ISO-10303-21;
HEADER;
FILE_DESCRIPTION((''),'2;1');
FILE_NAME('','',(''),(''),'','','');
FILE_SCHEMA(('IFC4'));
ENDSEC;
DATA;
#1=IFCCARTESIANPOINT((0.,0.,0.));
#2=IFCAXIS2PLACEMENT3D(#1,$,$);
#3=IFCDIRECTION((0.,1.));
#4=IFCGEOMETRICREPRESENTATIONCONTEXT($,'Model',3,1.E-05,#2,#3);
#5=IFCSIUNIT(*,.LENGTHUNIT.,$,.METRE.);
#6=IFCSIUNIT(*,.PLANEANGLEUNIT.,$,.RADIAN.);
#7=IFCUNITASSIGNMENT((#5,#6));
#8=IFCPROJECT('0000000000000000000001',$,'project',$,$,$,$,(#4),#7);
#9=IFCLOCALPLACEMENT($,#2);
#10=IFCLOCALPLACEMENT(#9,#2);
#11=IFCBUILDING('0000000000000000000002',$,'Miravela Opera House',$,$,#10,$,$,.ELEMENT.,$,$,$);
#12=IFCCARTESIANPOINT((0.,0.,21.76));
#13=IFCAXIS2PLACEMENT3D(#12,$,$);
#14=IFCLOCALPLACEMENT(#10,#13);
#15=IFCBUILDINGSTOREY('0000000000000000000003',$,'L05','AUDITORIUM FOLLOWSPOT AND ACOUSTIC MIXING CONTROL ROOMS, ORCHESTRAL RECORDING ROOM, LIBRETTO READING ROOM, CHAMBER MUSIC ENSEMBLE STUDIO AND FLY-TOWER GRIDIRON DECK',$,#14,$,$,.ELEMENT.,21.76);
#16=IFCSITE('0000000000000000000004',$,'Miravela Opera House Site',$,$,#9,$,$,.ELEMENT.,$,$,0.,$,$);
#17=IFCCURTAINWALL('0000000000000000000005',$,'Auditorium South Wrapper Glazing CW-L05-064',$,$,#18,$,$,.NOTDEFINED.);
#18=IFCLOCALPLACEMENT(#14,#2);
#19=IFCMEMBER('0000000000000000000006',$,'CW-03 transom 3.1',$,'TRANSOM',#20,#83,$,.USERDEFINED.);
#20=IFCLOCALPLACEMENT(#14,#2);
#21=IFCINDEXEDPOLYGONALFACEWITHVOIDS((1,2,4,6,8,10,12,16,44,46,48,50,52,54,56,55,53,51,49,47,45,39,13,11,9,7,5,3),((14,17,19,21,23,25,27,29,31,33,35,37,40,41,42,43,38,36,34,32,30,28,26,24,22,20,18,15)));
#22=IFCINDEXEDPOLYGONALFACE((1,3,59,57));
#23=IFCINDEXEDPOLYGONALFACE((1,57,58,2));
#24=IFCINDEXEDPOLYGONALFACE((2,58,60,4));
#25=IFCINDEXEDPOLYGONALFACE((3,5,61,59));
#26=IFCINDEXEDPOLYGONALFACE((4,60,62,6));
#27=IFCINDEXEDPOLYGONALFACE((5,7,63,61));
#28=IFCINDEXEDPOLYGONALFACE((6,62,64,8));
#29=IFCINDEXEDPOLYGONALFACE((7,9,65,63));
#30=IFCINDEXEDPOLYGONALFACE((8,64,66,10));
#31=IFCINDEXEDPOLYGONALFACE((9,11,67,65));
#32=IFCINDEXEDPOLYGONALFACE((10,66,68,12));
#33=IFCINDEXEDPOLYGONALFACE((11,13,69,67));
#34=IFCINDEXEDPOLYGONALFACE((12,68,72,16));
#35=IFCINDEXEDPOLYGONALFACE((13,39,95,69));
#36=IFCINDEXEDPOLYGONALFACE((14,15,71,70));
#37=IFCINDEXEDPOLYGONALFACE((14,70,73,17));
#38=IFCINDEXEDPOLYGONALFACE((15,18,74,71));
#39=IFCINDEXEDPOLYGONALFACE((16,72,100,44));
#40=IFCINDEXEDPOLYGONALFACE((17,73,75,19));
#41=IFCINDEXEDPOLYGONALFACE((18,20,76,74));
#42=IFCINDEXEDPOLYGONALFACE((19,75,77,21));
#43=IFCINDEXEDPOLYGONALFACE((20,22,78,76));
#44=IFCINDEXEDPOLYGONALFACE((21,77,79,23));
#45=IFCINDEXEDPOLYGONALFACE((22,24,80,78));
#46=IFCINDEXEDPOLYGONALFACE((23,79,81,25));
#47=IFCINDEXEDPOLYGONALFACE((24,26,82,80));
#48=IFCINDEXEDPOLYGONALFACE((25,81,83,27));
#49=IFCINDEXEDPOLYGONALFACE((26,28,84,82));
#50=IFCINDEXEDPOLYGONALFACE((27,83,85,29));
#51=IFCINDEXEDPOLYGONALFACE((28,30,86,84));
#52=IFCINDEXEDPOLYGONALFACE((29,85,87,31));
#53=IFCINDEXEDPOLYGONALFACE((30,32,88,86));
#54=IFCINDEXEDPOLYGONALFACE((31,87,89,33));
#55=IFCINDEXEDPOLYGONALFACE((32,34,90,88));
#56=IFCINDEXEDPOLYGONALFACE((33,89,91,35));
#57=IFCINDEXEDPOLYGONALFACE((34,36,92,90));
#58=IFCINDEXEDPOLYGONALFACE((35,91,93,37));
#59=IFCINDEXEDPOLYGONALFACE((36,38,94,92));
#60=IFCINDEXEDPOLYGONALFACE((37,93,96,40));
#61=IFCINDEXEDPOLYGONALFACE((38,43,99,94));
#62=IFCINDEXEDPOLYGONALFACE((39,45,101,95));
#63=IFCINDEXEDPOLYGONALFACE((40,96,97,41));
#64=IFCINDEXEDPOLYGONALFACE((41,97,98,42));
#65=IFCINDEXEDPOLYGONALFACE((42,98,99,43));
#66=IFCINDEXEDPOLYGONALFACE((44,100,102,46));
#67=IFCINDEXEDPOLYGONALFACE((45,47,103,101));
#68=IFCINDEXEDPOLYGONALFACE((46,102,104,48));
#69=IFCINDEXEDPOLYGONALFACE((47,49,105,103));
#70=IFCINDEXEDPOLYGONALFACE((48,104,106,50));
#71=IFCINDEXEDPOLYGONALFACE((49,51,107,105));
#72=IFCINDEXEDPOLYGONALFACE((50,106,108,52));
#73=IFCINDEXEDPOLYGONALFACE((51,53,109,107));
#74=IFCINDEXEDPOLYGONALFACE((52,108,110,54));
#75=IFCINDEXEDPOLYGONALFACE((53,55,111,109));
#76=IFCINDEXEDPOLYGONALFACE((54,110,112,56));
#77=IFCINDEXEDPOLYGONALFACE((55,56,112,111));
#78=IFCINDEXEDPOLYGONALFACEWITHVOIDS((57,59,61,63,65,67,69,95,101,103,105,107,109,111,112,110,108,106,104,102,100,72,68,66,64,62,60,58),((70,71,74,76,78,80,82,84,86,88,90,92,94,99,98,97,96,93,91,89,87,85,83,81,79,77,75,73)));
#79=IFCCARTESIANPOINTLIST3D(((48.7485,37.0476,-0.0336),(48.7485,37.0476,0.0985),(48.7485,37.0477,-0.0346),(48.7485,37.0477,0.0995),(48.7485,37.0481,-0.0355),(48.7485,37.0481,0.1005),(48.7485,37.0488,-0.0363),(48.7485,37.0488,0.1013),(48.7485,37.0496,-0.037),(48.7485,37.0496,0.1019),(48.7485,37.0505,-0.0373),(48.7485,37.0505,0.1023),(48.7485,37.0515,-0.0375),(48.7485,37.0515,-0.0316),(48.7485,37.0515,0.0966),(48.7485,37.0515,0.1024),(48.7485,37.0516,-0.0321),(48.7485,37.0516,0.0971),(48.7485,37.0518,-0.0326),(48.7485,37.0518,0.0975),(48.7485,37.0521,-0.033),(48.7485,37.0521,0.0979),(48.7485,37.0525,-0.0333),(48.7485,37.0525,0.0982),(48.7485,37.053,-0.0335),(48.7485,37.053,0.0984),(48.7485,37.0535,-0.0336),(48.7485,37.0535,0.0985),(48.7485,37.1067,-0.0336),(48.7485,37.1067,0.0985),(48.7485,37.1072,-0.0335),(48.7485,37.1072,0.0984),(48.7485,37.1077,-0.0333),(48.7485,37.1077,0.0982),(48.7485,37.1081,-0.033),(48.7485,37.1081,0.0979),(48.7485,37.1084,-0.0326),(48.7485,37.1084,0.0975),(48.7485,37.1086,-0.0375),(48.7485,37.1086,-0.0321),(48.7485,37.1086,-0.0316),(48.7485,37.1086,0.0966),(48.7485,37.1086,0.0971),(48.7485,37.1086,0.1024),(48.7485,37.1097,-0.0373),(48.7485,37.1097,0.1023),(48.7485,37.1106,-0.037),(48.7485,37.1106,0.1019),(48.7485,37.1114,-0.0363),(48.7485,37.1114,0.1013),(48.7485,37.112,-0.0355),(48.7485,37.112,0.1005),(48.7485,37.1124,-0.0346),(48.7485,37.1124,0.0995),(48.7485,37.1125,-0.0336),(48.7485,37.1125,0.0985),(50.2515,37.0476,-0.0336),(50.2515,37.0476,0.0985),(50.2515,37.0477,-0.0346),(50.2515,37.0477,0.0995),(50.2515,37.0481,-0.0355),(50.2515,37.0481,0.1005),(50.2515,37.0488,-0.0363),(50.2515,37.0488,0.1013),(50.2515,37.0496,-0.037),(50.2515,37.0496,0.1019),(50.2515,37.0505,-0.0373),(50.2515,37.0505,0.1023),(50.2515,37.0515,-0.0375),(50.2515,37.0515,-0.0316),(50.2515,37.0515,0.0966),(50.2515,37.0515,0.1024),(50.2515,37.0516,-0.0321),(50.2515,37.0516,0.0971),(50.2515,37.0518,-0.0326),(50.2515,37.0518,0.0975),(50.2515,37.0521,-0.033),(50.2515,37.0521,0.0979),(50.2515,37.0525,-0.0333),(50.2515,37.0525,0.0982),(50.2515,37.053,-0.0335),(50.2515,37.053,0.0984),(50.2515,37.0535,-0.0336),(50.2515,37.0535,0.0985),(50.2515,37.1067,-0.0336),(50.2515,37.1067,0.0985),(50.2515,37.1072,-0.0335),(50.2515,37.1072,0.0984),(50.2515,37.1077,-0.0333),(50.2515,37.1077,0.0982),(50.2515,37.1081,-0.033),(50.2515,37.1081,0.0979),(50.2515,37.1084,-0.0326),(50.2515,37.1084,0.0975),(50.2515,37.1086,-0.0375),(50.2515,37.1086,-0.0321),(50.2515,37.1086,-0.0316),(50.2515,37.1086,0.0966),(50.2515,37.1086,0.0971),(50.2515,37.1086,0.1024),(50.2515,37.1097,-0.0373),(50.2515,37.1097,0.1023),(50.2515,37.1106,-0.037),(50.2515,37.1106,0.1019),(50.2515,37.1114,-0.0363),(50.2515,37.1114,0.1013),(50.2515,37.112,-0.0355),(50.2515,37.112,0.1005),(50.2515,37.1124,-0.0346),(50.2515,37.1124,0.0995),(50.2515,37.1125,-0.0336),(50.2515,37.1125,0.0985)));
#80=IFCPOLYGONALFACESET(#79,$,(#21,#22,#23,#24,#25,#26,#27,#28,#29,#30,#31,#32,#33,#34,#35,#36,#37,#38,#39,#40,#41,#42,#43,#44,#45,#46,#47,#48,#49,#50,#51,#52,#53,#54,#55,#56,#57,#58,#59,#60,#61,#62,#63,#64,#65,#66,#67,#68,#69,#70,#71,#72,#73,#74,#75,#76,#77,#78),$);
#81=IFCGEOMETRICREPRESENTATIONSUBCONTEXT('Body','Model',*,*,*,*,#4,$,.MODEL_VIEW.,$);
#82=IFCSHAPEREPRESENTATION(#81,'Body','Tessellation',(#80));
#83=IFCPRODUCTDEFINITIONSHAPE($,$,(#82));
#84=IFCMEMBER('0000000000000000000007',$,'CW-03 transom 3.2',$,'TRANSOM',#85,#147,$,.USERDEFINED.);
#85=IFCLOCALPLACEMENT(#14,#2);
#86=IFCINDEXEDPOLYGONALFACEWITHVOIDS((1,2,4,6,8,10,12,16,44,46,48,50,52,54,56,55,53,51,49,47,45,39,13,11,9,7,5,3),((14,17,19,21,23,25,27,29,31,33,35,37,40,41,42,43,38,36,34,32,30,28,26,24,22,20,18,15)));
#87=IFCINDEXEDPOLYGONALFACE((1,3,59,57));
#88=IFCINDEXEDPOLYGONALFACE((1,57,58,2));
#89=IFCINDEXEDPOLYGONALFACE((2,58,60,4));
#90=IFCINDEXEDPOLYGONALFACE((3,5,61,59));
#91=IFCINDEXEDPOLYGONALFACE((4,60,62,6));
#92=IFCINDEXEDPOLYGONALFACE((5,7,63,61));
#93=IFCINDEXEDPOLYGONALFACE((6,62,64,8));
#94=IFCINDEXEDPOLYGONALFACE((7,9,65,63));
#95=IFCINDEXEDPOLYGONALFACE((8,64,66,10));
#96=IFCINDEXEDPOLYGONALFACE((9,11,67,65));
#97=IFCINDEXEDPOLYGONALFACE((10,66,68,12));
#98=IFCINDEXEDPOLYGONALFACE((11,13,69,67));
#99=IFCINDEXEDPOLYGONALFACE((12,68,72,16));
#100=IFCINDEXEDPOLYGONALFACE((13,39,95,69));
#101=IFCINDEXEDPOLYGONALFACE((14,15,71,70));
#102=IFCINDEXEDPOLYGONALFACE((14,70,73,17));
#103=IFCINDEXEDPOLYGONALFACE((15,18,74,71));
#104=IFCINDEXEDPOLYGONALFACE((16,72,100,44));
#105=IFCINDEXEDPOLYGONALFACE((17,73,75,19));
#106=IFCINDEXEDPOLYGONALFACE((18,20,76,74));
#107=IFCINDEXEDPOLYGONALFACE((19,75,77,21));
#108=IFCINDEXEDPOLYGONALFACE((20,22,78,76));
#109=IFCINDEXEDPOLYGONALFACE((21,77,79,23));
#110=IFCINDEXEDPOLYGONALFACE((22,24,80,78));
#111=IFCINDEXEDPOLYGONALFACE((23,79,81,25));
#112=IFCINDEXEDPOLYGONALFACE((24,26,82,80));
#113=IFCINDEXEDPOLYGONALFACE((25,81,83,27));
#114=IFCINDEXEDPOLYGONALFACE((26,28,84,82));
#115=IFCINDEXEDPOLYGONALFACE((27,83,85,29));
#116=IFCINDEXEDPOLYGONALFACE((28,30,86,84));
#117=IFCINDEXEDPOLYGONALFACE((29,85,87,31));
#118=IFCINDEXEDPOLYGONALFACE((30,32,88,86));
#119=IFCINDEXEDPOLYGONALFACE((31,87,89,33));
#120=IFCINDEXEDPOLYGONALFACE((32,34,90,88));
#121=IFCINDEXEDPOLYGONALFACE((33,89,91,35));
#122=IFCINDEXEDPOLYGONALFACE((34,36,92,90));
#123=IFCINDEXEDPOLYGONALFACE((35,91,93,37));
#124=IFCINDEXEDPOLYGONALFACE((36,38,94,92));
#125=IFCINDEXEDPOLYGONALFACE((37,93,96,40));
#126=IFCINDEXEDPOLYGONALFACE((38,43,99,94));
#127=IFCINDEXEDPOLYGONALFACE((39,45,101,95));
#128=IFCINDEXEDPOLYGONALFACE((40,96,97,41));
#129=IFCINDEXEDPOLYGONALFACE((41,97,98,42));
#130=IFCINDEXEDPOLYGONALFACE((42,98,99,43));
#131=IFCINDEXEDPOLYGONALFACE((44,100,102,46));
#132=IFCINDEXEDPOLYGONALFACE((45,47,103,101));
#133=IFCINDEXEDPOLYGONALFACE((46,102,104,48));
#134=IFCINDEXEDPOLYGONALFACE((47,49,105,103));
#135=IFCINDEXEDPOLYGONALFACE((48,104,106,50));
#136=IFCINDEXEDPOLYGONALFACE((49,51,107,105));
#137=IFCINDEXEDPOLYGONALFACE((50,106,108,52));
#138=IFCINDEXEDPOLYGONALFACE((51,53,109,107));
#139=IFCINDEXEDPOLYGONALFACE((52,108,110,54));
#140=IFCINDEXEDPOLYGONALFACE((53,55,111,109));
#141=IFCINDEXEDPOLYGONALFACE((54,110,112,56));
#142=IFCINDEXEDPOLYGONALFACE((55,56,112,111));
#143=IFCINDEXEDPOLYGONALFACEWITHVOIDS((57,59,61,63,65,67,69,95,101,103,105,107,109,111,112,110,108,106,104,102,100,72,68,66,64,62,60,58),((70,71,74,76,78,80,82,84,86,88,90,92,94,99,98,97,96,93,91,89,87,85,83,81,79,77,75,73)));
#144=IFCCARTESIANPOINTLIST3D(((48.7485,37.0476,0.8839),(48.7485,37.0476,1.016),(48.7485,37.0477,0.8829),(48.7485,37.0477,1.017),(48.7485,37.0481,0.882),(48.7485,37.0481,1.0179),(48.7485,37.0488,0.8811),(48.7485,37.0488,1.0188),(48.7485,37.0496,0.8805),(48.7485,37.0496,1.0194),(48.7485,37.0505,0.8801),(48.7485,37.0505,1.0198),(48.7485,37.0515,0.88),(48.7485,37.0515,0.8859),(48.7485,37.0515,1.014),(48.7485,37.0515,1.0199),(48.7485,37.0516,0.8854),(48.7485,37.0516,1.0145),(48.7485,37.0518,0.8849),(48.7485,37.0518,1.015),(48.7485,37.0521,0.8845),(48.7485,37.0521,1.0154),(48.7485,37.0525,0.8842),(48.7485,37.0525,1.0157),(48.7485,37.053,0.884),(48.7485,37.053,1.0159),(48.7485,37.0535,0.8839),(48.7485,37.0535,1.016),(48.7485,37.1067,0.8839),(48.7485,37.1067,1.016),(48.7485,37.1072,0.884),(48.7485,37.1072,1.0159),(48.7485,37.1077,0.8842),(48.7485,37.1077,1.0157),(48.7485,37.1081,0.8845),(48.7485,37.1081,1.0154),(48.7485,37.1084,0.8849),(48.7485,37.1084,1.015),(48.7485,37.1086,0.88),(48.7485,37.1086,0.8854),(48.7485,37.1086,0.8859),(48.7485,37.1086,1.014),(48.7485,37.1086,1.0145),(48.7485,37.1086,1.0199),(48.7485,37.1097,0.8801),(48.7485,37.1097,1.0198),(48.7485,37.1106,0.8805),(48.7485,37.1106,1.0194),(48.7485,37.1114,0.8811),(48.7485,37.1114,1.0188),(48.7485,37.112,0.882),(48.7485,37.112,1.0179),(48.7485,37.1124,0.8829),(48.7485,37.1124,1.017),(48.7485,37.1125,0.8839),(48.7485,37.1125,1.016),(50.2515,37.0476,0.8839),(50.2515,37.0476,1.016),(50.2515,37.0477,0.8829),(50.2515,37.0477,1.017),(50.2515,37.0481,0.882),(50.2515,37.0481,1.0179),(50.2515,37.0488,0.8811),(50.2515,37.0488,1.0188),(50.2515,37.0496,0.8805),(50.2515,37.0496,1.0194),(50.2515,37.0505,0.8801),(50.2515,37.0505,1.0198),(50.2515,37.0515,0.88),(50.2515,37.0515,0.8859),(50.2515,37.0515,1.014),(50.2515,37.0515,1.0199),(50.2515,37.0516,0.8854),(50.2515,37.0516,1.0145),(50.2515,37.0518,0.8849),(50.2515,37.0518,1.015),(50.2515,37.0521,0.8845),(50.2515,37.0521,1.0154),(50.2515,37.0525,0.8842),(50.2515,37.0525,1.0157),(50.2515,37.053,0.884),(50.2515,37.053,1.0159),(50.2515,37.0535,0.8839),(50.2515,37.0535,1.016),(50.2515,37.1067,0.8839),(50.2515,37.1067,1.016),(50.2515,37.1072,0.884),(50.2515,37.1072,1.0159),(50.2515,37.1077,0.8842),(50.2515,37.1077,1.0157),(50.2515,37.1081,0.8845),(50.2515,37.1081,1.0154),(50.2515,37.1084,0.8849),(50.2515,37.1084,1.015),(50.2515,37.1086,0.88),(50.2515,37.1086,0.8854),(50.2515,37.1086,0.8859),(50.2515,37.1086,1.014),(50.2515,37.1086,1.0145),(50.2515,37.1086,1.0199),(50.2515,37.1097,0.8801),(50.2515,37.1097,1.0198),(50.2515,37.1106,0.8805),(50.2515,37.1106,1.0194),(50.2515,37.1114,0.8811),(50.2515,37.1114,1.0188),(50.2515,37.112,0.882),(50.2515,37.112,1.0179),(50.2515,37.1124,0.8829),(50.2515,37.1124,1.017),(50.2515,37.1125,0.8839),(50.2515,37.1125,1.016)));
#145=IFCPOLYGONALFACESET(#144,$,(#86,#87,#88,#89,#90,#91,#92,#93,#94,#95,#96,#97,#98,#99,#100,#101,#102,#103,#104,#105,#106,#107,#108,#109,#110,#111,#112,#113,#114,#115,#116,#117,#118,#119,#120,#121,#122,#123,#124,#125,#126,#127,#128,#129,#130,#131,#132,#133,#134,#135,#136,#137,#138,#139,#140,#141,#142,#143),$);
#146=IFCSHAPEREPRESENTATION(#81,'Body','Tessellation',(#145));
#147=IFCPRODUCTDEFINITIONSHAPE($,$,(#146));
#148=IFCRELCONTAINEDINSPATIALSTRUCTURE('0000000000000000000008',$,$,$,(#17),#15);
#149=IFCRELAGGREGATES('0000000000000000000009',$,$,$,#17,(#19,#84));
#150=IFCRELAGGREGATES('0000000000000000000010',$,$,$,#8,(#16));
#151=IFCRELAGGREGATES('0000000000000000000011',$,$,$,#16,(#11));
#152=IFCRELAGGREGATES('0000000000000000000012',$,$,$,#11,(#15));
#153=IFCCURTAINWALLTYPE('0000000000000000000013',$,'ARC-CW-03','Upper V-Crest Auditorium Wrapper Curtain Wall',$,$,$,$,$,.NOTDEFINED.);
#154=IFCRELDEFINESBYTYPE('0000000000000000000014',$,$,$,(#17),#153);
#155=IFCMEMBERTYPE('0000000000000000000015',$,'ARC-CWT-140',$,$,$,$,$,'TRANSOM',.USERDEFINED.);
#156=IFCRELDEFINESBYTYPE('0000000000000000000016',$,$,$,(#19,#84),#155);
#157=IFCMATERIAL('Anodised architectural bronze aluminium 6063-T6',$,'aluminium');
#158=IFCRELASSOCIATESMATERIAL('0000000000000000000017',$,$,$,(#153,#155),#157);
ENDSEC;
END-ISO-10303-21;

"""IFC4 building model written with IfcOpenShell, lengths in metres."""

from ifc_helpers import new_model, si_unit, direction, frame, origin, origin_2d, place, context, subcontext, project, spatial, hollow_rectangle, extrude, material, material_profile, profile_set, type_object, element, aggregate, save


model = new_model("IFC4")

# Units and contexts
model_context = context("Model", 3, precision=1e-05, world=origin(), true_north=direction((0.0, 1.0)))
body_context = subcontext(model_context, "Body", "Model", "MODEL_VIEW")
ifc_project = project(units=[si_unit("LENGTHUNIT", "METRE"), si_unit("PLANEANGLEUNIT", "RADIAN")], contexts=[model_context])

# Site, building, storey
site_placement = place(None, origin())
site = spatial("IfcSite", under=ifc_project, at=site_placement, Name="Miravela Opera House Site", CompositionType="ELEMENT", RefElevation=0.0)
building_placement = place(site_placement, origin())
building = spatial("IfcBuilding", under=site, at=building_placement, Name="Miravela Opera House", CompositionType="ELEMENT")
storey_placement = place(building_placement, frame((0.0, 0.0, 21.76)))
storey = spatial("IfcBuildingStorey", under=building, at=storey_placement, Name="L05", Description="AUDITORIUM FOLLOWSPOT AND ACOUSTIC MIXING CONTROL ROOMS, ORCHESTRAL RECORDING ROOM, LIBRETTO READING ROOM, CHAMBER MUSIC ENSEMBLE STUDIO AND FLY-TOWER GRIDIRON DECK", CompositionType="ELEMENT", Elevation=21.76)

# Curtain wall
ifc_material_1 = material(Name="Anodised architectural bronze aluminium 6063-T6", Category="aluminium")
curtain_wall_type = type_object("IfcCurtainWallType", Name="ARC-CW-03", Description="Upper V-Crest Auditorium Wrapper Curtain Wall", PredefinedType="NOTDEFINED", material=ifc_material_1)
curtain_wall_1_placement = place(storey_placement, origin())
curtain_wall_1 = element("IfcCurtainWall", 1, at=curtain_wall_1_placement, inside=storey, type_object=curtain_wall_type, Name="Auditorium South Wrapper Glazing CW-L05-064", PredefinedType="NOTDEFINED")

# Members
ifc_material_profile_1 = material_profile(ifc_material_1, hollow_rectangle(XDim=0.0649, YDim=0.1399, WallThickness=0.0039, InnerFilletRadius=0.002, OuterFilletRadius=0.0039, at=origin_2d()), Name="CWT-65X140")
ifc_profile_set_1 = profile_set([ifc_material_profile_1])
member_type_1 = type_object("IfcMemberType", Name="ARC-CWT-140", ElementType="TRANSOM", PredefinedType="USERDEFINED", material=ifc_profile_set_1)
member_1_placement = place(storey_placement, frame((48.7485, 37.0801, 0.0325), z_axis=(1.0, 0.0, 0.0), x_axis=(0.0, 1.0, 0.0)))
member_1 = element("IfcMember", 2, at=member_1_placement, type_object=member_type_1, Name="CW-03 transom 3.1", ObjectType="TRANSOM", PredefinedType="USERDEFINED", context=body_context, shape_type="SweptSolid", body=[
    extrude(hollow_rectangle(XDim=0.0649, YDim=0.1399, WallThickness=0.0039, InnerFilletRadius=0.002, OuterFilletRadius=0.0039, at=origin_2d()), origin(), (0.0, 0.0, 1.0), 1.5029),
])
member_2_placement = place(storey_placement, frame((48.7485, 37.0801, 0.95), z_axis=(1.0, 0.0, 0.0), x_axis=(0.0, 1.0, 0.0)))
member_2 = element("IfcMember", 3, at=member_2_placement, type_object=member_type_1, Name="CW-03 transom 3.2", ObjectType="TRANSOM", PredefinedType="USERDEFINED", context=body_context, shape_type="SweptSolid", body=[
    extrude(hollow_rectangle(XDim=0.0649, YDim=0.1399, WallThickness=0.0039, InnerFilletRadius=0.002, OuterFilletRadius=0.0039, at=origin_2d()), origin(), (0.0, 0.0, 1.0), 1.5029),
])

aggregate(curtain_wall_1, [member_1, member_2])

save(model, "model.ifc")
